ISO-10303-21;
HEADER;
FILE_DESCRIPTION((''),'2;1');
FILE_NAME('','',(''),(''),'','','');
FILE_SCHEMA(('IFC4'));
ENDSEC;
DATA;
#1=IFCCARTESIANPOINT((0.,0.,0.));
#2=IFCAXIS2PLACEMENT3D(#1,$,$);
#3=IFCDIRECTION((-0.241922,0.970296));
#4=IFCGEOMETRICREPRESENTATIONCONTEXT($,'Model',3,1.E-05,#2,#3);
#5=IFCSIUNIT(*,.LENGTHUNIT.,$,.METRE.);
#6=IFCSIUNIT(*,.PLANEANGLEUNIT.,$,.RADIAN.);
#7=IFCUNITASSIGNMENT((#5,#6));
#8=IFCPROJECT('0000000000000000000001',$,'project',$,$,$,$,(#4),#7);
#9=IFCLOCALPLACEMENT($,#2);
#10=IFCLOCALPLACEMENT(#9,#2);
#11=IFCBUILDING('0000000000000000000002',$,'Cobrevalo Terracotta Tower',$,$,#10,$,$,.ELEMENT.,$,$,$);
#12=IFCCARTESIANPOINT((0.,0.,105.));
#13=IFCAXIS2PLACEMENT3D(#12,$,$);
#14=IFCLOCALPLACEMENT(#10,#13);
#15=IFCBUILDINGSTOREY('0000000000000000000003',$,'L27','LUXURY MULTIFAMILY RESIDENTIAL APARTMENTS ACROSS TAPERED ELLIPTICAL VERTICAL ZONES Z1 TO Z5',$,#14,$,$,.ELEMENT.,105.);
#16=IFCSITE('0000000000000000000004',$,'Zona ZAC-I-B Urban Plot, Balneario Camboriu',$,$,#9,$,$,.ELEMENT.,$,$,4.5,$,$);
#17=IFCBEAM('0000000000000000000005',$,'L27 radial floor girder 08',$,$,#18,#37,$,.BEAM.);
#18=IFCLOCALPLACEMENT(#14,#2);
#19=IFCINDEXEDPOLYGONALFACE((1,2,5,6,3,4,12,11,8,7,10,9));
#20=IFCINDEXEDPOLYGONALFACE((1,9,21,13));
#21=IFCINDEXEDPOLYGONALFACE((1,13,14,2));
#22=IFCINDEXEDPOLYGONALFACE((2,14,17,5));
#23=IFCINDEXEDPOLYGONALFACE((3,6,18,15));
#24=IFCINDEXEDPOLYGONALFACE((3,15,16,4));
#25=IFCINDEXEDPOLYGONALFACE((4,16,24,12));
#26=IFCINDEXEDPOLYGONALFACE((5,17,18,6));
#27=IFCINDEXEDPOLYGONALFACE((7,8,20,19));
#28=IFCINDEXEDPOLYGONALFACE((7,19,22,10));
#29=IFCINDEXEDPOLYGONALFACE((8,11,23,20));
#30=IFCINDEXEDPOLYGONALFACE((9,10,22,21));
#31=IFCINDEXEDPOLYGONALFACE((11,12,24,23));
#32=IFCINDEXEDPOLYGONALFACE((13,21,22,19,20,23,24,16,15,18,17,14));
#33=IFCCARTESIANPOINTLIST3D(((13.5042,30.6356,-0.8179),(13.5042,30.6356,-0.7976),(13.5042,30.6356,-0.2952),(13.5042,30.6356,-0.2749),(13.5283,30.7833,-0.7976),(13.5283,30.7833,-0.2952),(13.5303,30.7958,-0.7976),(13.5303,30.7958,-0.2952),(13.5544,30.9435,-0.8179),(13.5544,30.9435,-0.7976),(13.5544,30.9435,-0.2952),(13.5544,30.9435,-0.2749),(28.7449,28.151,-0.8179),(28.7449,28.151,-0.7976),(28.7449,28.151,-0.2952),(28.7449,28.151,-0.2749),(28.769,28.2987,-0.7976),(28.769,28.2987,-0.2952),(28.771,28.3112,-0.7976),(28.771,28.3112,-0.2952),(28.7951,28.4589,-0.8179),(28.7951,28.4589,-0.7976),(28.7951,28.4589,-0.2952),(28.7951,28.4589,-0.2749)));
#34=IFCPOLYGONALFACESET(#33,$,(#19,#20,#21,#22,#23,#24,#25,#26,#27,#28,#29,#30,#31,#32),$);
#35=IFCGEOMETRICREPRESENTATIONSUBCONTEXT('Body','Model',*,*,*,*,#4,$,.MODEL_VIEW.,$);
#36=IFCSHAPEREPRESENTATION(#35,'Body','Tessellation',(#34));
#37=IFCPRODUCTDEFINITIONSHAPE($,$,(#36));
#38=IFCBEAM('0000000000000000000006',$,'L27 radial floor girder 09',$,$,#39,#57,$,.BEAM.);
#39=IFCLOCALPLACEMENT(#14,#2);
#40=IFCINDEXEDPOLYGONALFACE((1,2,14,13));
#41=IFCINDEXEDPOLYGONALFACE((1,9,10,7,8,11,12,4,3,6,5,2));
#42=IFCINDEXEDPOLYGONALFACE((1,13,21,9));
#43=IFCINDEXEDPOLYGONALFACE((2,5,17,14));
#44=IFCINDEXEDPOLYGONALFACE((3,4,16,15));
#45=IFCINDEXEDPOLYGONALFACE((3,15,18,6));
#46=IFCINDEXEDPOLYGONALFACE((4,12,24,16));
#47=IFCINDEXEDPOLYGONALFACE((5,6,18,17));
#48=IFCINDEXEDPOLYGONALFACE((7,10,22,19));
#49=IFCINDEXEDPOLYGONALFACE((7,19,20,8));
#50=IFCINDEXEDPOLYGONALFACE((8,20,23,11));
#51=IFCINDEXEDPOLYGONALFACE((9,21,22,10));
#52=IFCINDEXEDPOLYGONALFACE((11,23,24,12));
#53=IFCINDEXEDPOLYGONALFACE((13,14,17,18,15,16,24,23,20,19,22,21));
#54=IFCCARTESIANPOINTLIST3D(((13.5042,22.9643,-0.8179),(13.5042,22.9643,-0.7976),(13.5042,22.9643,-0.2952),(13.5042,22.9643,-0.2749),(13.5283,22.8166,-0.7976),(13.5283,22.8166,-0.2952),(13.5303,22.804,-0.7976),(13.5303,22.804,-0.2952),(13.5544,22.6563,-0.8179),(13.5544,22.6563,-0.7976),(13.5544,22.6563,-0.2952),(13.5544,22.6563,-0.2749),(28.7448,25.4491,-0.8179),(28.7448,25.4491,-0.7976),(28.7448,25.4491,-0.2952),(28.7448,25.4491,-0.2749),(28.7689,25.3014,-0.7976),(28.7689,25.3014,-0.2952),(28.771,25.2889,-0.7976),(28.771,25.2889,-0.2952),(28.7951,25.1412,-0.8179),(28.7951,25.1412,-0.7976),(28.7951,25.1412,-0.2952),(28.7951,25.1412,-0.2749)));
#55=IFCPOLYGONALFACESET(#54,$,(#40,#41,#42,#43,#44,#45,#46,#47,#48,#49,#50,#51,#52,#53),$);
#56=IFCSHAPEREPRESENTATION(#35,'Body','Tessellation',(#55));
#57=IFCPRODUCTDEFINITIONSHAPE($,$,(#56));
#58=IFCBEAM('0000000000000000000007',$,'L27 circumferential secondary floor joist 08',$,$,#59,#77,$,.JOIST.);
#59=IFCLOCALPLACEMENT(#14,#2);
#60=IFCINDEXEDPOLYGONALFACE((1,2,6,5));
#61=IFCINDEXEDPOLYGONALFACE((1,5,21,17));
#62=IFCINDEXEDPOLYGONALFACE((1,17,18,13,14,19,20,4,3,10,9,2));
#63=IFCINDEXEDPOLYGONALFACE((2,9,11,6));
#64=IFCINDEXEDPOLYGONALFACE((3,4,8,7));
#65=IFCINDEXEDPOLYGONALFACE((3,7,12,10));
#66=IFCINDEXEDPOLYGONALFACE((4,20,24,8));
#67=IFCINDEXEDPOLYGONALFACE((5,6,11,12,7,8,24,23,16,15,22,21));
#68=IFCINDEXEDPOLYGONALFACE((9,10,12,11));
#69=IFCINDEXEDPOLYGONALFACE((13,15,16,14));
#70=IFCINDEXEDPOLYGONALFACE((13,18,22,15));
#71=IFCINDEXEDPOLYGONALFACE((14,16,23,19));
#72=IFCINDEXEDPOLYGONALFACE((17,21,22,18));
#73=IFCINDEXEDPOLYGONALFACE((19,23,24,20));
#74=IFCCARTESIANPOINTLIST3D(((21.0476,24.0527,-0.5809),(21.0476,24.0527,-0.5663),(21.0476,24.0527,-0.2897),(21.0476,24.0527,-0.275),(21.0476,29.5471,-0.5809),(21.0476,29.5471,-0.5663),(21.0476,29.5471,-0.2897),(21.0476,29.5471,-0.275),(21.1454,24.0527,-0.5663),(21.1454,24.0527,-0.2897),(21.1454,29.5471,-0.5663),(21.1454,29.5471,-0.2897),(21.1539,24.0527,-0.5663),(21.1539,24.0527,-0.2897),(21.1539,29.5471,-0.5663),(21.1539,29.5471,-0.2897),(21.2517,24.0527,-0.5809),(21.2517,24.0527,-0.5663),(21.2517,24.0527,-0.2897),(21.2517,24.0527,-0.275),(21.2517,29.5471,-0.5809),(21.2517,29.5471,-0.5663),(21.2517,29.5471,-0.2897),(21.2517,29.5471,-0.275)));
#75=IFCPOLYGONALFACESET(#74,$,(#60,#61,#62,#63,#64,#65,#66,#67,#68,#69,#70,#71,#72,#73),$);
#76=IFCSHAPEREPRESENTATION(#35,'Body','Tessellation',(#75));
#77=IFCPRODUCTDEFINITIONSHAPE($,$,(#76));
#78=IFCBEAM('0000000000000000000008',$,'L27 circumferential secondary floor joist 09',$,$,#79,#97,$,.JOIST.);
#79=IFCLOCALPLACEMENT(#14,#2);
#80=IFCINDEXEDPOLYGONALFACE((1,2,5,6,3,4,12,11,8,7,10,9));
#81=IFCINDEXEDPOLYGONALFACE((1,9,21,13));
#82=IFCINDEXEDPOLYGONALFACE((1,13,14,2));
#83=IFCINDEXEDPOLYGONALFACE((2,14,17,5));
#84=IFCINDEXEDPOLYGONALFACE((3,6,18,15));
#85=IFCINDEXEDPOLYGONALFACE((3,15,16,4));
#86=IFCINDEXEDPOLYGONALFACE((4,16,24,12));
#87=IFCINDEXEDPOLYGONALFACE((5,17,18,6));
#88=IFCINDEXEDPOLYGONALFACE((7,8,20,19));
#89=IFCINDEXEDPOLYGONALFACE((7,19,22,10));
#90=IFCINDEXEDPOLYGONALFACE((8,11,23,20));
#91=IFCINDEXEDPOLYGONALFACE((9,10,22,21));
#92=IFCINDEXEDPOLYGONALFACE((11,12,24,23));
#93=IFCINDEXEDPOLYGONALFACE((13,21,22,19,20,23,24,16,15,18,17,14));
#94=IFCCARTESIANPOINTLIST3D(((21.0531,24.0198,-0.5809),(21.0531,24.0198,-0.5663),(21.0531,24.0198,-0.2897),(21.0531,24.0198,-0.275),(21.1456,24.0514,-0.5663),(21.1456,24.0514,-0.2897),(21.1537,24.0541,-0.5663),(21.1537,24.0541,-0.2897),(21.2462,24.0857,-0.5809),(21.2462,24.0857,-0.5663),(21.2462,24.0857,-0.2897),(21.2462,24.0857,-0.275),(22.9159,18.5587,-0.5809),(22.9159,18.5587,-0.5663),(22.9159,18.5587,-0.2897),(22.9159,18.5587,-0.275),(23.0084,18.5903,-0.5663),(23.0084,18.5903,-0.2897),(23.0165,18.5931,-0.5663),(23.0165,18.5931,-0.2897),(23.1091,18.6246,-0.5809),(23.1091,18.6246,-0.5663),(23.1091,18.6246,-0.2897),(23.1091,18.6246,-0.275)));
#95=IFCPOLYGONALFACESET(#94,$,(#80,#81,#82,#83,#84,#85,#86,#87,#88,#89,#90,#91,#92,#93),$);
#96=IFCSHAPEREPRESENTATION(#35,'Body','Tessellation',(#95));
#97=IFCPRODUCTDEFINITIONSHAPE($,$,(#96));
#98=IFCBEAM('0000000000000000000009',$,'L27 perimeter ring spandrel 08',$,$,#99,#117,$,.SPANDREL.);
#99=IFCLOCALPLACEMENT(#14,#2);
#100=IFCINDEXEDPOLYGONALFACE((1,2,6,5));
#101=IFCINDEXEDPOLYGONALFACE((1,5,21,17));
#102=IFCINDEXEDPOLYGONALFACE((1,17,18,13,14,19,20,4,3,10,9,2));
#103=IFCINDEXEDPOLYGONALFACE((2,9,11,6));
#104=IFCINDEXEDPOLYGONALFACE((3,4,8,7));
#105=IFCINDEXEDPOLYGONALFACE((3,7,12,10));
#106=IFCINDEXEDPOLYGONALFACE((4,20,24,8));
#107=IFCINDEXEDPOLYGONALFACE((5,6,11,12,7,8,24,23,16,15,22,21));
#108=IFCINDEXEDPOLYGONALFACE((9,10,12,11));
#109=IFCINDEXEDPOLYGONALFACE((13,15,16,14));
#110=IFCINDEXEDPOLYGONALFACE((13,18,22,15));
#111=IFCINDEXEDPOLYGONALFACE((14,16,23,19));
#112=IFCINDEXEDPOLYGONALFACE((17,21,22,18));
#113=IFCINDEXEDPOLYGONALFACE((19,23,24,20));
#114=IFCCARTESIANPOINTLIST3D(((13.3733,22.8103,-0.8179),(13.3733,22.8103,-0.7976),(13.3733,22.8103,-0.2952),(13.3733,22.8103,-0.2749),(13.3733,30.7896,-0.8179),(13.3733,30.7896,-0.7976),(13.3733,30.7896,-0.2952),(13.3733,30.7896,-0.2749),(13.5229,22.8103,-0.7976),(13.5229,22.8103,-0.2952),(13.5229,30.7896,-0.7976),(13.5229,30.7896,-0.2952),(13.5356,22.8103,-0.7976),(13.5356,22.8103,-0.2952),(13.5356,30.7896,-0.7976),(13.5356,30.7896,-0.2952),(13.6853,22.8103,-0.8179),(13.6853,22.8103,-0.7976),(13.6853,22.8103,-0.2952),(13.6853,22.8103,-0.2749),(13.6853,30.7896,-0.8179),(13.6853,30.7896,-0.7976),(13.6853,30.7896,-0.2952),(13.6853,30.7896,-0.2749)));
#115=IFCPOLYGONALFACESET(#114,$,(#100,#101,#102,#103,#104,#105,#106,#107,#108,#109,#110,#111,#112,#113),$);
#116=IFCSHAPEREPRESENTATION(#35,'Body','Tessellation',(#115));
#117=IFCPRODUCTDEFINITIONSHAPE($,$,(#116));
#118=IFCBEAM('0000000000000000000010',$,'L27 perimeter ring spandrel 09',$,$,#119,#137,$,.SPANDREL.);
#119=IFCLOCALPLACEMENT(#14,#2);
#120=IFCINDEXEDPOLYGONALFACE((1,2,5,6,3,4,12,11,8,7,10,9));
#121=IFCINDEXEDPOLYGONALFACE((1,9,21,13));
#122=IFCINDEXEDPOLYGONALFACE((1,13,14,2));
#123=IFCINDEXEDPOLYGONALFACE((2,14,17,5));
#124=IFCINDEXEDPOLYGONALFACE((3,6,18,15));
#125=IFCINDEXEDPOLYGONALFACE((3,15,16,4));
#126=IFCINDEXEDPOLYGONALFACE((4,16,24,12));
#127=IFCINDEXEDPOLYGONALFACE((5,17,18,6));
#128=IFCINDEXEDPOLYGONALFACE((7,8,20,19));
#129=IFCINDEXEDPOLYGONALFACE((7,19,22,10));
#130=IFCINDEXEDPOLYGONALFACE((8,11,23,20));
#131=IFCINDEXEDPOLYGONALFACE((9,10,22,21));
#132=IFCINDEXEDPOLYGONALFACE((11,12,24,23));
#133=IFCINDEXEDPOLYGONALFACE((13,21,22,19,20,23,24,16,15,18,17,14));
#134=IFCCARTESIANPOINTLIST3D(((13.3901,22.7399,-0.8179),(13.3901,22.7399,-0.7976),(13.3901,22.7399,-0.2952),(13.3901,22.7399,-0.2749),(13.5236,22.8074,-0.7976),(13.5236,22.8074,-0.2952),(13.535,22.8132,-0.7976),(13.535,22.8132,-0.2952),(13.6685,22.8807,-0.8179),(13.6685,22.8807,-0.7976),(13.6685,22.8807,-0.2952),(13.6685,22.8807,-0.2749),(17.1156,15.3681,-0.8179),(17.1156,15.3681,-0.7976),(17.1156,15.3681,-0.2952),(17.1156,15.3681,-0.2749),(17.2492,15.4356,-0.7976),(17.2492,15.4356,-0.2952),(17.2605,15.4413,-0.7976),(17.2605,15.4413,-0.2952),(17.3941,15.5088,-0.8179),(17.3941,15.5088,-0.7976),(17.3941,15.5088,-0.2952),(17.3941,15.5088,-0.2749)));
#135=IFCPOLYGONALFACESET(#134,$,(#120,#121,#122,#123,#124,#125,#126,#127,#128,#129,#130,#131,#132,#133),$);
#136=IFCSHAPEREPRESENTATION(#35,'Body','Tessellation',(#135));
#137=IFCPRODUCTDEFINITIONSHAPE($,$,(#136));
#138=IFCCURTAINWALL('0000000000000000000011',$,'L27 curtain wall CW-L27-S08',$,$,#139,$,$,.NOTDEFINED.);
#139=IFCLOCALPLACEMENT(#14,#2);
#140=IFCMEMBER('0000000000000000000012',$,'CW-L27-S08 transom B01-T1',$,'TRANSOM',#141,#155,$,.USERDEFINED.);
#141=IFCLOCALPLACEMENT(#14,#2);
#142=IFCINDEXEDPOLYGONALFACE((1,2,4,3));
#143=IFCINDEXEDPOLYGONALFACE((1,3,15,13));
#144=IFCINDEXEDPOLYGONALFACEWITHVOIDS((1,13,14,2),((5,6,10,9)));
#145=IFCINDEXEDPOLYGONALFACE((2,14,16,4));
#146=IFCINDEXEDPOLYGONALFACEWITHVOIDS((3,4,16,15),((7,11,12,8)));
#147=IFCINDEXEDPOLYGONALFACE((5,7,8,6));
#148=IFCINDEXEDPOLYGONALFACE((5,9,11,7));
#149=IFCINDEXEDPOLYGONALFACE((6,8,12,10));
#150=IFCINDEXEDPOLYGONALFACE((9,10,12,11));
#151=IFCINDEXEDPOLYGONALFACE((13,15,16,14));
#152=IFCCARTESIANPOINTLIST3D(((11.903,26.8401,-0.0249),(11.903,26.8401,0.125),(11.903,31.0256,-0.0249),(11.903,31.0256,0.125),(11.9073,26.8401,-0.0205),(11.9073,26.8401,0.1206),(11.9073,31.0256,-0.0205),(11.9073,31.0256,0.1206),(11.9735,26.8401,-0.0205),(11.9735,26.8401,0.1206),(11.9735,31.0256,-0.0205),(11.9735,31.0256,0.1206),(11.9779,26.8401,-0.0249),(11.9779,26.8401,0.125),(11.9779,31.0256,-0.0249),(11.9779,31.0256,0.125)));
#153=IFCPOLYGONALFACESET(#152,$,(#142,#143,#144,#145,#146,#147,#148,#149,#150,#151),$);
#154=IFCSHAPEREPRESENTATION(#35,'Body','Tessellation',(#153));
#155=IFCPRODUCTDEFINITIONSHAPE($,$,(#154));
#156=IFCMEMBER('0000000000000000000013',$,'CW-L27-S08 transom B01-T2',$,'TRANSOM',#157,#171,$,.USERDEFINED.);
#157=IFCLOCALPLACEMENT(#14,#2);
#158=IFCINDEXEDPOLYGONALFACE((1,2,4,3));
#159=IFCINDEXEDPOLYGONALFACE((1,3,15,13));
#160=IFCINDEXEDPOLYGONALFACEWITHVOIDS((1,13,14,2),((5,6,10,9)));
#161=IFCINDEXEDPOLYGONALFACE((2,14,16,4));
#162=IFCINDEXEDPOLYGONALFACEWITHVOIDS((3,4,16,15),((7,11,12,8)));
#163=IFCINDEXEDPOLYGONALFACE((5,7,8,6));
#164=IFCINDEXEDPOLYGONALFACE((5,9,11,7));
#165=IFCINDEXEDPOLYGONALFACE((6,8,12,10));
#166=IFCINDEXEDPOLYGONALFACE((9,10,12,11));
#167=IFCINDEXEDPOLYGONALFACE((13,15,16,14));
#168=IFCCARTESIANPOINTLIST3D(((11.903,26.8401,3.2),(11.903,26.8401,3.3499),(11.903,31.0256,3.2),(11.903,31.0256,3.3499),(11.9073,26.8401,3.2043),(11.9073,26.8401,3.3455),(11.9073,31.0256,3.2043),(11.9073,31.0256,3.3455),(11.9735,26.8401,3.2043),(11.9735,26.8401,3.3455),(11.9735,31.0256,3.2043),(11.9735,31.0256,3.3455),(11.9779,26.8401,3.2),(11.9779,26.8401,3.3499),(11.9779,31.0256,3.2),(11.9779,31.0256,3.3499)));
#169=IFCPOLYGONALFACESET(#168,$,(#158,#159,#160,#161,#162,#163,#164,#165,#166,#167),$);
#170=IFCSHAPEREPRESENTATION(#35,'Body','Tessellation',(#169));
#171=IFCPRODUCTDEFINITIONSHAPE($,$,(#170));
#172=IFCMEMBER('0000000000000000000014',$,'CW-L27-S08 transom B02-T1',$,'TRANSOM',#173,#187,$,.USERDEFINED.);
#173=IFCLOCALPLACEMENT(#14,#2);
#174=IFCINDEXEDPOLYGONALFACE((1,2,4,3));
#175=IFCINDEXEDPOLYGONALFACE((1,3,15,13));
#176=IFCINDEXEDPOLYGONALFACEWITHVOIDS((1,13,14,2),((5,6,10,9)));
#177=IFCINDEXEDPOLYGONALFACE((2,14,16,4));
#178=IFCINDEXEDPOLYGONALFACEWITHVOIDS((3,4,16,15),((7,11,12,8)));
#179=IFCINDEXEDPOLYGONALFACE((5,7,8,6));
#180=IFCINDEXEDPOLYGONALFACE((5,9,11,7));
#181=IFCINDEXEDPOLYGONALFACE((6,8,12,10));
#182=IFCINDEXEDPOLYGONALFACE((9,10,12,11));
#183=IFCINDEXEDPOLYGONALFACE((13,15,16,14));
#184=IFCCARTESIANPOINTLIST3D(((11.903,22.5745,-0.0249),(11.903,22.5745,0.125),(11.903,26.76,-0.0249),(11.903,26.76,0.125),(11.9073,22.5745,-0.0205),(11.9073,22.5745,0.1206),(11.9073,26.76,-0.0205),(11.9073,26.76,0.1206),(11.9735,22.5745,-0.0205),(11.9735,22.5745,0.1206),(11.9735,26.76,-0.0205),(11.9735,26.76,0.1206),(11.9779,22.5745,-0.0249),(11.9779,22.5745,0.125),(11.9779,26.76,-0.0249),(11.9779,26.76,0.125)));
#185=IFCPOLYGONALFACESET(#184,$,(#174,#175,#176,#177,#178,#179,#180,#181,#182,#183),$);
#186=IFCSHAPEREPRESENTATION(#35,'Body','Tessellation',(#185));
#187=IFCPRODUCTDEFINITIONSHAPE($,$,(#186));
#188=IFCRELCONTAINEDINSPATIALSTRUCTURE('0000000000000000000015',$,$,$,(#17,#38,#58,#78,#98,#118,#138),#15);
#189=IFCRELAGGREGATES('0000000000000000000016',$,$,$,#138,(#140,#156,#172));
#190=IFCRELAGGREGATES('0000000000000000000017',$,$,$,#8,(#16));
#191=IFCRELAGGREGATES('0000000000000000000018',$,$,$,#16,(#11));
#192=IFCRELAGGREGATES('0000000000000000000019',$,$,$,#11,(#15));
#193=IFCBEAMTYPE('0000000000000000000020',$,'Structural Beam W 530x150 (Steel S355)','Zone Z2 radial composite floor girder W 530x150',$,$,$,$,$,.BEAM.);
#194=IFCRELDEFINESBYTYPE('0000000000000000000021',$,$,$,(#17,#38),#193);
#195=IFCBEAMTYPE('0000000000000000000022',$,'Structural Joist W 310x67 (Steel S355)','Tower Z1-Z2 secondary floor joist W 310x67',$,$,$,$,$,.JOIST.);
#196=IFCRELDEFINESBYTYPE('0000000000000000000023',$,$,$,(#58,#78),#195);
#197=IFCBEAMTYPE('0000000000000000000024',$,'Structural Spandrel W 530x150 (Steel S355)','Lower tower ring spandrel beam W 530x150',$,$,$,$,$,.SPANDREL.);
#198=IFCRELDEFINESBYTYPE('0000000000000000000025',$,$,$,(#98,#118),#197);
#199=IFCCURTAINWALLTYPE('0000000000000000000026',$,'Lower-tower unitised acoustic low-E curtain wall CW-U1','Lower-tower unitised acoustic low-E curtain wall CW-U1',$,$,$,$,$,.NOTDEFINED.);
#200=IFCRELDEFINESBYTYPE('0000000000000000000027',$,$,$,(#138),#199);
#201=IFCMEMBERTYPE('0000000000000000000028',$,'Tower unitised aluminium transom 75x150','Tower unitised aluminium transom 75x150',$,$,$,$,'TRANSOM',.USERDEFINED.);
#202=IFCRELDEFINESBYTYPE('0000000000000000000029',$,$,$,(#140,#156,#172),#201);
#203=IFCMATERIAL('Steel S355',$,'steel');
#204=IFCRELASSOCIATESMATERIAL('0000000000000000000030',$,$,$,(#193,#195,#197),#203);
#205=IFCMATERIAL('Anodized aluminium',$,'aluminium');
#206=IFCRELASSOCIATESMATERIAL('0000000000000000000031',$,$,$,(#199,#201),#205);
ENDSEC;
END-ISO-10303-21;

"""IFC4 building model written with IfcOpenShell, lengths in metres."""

from ifc_helpers import new_model, si_unit, direction, frame, origin, origin_2d, place, context, subcontext, project, spatial, hollow_rectangle, i_section, extrude, source, transform, mapped, material, material_profile, profile_set, type_object, element, aggregate, save


model = new_model("IFC4")

# Units and contexts
model_context = context("Model", 3, precision=1e-05, world=origin(), true_north=direction((-0.241922, 0.970296)))
body_context = subcontext(model_context, "Body", "Model", "MODEL_VIEW")
ifc_project = project(units=[si_unit("LENGTHUNIT", "METRE"), si_unit("PLANEANGLEUNIT", "RADIAN")], contexts=[model_context])

# Site, building, storey
site_placement = place(None, origin())
site = spatial("IfcSite", under=ifc_project, at=site_placement, Name="Zona ZAC-I-B Urban Plot, Balneario Camboriu", CompositionType="ELEMENT", RefElevation=4.5)
building_placement = place(site_placement, origin())
building = spatial("IfcBuilding", under=site, at=building_placement, Name="Cobrevalo Terracotta Tower", CompositionType="ELEMENT")
storey_placement = place(building_placement, frame((0.0, 0.0, 105.0)))
storey = spatial("IfcBuildingStorey", under=building, at=storey_placement, Name="L27", Description="LUXURY MULTIFAMILY RESIDENTIAL APARTMENTS ACROSS TAPERED ELLIPTICAL VERTICAL ZONES Z1 TO Z5", CompositionType="ELEMENT", Elevation=105.0)

# Shared definitions
ifc_material_1 = material(Name="Steel S355", Category="steel")

# Beams
ifc_material_profile_1 = material_profile(ifc_material_1, i_section(OverallWidth=0.312, OverallDepth=0.543, WebThickness=0.0127, FlangeThickness=0.0203, at=origin_2d()), Name="W 530x150")
ifc_profile_set_1 = profile_set([ifc_material_profile_1], Name="Steel S355")
beam_type_1 = type_object("IfcBeamType", Name="Structural Beam W 530x150 (Steel S355)", Description="Zone Z2 radial composite floor girder W 530x150", PredefinedType="BEAM", material=ifc_profile_set_1)
for number, where, z_axis, x_axis, name in (
    (1, (13.5293, 30.7896, -0.5464), (0.986971, -0.160901, 0.0), (0.160901, 0.986971, 0.0), "L27 radial floor girder 08"),
    (2, (13.5293, 22.8103, -0.5464), (0.986968, 0.160916, 0.0), (-0.160916, 0.986968, 0.0), "L27 radial floor girder 09"),
):
    element("IfcBeam", number, at=place(storey_placement, frame(where, z_axis=z_axis, x_axis=x_axis)), inside=storey, type_object=beam_type_1, Name=name, PredefinedType="BEAM", context=body_context, shape_type="SweptSolid", body=[
        extrude(i_section(OverallWidth=0.312, OverallDepth=0.543, WebThickness=0.0127, FlangeThickness=0.0203, at=origin_2d()), origin(), (0.0, 0.0, 1.0), 15.4419),
    ])
ifc_material_profile_2 = material_profile(ifc_material_1, i_section(OverallWidth=0.2041, OverallDepth=0.3059, WebThickness=0.0085, FlangeThickness=0.0146, at=origin_2d()), Name="W 310x67")
ifc_profile_set_2 = profile_set([ifc_material_profile_2], Name="Steel S355")
beam_type_2 = type_object("IfcBeamType", Name="Structural Joist W 310x67 (Steel S355)", Description="Tower Z1-Z2 secondary floor joist W 310x67", PredefinedType="JOIST", material=ifc_profile_set_2)
beam_1_placement = place(storey_placement, frame((21.1497, 29.5471, -0.428), z_axis=(0.0, -1.0, 0.0), x_axis=(1.0, 0.0, 0.0)))
element("IfcBeam", 3, at=beam_1_placement, inside=storey, type_object=beam_type_2, Name="L27 circumferential secondary floor joist 08", PredefinedType="JOIST", context=body_context, shape_type="SweptSolid", body=[
    extrude(i_section(OverallWidth=0.2041, OverallDepth=0.3059, WebThickness=0.0085, FlangeThickness=0.0146, at=origin_2d()), origin(), (0.0, 0.0, 1.0), 5.4944),
])
beam_2_placement = place(storey_placement, frame((21.1497, 24.0527, -0.428), z_axis=(0.322846, -0.946451, 0.0), x_axis=(0.946451, 0.322846, 0.0)))
element("IfcBeam", 4, at=beam_2_placement, inside=storey, type_object=beam_type_2, Name="L27 circumferential secondary floor joist 09", PredefinedType="JOIST", context=body_context, shape_type="SweptSolid", body=[
    extrude(i_section(OverallWidth=0.2041, OverallDepth=0.3059, WebThickness=0.0085, FlangeThickness=0.0146, at=origin_2d()), origin(), (0.0, 0.0, 1.0), 5.77),
])
ifc_material_profile_3 = material_profile(ifc_material_1, i_section(OverallWidth=0.312, OverallDepth=0.543, WebThickness=0.0127, FlangeThickness=0.0203, at=origin_2d()), Name="W 530x150")
ifc_profile_set_3 = profile_set([ifc_material_profile_3], Name="Steel S355")
beam_type_3 = type_object("IfcBeamType", Name="Structural Spandrel W 530x150 (Steel S355)", Description="Lower tower ring spandrel beam W 530x150", PredefinedType="SPANDREL", material=ifc_profile_set_3)
beam_3_placement = place(storey_placement, frame((13.5293, 30.7896, -0.5464), z_axis=(0.0, -1.0, 0.0), x_axis=(1.0, 0.0, 0.0)))
element("IfcBeam", 5, at=beam_3_placement, inside=storey, type_object=beam_type_3, Name="L27 perimeter ring spandrel 08", PredefinedType="SPANDREL", context=body_context, shape_type="SweptSolid", body=[
    extrude(i_section(OverallWidth=0.312, OverallDepth=0.543, WebThickness=0.0127, FlangeThickness=0.0203, at=origin_2d()), origin(), (0.0, 0.0, 1.0), 7.9792),
])
beam_4_placement = place(storey_placement, frame((13.5293, 22.8103, -0.5464), z_axis=(0.451052, -0.892498, 0.0), x_axis=(0.892498, 0.451052, 0.0)))
element("IfcBeam", 6, at=beam_4_placement, inside=storey, type_object=beam_type_3, Name="L27 perimeter ring spandrel 09", PredefinedType="SPANDREL", context=body_context, shape_type="SweptSolid", body=[
    extrude(i_section(OverallWidth=0.312, OverallDepth=0.543, WebThickness=0.0127, FlangeThickness=0.0203, at=origin_2d()), origin(), (0.0, 0.0, 1.0), 8.2598),
])

# Curtain wall, members
ifc_material_2 = material(Name="Anodized aluminium", Category="aluminium")
curtain_wall_type = type_object("IfcCurtainWallType", Name="Lower-tower unitised acoustic low-E curtain wall CW-U1", Description="Lower-tower unitised acoustic low-E curtain wall CW-U1", PredefinedType="NOTDEFINED", material=ifc_material_2)
curtain_wall_placement = place(storey_placement, origin())
curtain_wall = element("IfcCurtainWall", 7, at=curtain_wall_placement, inside=storey, type_object=curtain_wall_type, Name="L27 curtain wall CW-L27-S08", PredefinedType="NOTDEFINED")
ifc_material_profile_4 = material_profile(ifc_material_2, hollow_rectangle(XDim=0.075, YDim=0.1499, WallThickness=0.0044, at=origin_2d()), Name="CWT 75x150")
ifc_profile_set_4 = profile_set([ifc_material_profile_4], Name="Anodized aluminium")
member_type_1 = type_object("IfcMemberType", Name="Tower unitised aluminium transom 75x150", Description="Tower unitised aluminium transom 75x150", ElementType="TRANSOM", PredefinedType="USERDEFINED", material=ifc_profile_set_4)
shared_shape_1 = source(origin(), body_context, "Body", "SweptSolid", [
    extrude(hollow_rectangle(XDim=0.075, YDim=0.1499, WallThickness=0.0044, at=origin_2d()), origin(), (0.0, 0.0, 1.0), 4.1855),
])
member_1_placement = place(storey_placement, frame((11.9404, 31.0256, 0.05), z_axis=(0.0, -1.0, 0.0), x_axis=(1.0, 0.0, 0.0)))
member_1 = element("IfcMember", 8, at=member_1_placement, type_object=member_type_1, Name="CW-L27-S08 transom B01-T1", ObjectType="TRANSOM", PredefinedType="USERDEFINED", context=body_context, shape_type="MappedRepresentation", body=[
    mapped(shared_shape_1, transform((0.0, 0.0, 0.0), scale=1.0)),
])
member_2_placement = place(storey_placement, frame((11.9404, 31.0256, 3.2749), z_axis=(0.0, -1.0, 0.0), x_axis=(1.0, 0.0, 0.0)))
member_2 = element("IfcMember", 9, at=member_2_placement, type_object=member_type_1, Name="CW-L27-S08 transom B01-T2", ObjectType="TRANSOM", PredefinedType="USERDEFINED", context=body_context, shape_type="MappedRepresentation", body=[
    mapped(shared_shape_1, transform((0.0, 0.0, 0.0), scale=1.0)),
])
member_3_placement = place(storey_placement, frame((11.9404, 26.76, 0.05), z_axis=(0.0, -1.0, 0.0), x_axis=(1.0, 0.0, 0.0)))
member_3 = element("IfcMember", 10, at=member_3_placement, type_object=member_type_1, Name="CW-L27-S08 transom B02-T1", ObjectType="TRANSOM", PredefinedType="USERDEFINED", context=body_context, shape_type="MappedRepresentation", body=[
    mapped(shared_shape_1, transform((0.0, 0.0, 0.0), scale=1.0)),
])
aggregate(curtain_wall, [member_1, member_2, member_3])

save(model, "model.ifc")
